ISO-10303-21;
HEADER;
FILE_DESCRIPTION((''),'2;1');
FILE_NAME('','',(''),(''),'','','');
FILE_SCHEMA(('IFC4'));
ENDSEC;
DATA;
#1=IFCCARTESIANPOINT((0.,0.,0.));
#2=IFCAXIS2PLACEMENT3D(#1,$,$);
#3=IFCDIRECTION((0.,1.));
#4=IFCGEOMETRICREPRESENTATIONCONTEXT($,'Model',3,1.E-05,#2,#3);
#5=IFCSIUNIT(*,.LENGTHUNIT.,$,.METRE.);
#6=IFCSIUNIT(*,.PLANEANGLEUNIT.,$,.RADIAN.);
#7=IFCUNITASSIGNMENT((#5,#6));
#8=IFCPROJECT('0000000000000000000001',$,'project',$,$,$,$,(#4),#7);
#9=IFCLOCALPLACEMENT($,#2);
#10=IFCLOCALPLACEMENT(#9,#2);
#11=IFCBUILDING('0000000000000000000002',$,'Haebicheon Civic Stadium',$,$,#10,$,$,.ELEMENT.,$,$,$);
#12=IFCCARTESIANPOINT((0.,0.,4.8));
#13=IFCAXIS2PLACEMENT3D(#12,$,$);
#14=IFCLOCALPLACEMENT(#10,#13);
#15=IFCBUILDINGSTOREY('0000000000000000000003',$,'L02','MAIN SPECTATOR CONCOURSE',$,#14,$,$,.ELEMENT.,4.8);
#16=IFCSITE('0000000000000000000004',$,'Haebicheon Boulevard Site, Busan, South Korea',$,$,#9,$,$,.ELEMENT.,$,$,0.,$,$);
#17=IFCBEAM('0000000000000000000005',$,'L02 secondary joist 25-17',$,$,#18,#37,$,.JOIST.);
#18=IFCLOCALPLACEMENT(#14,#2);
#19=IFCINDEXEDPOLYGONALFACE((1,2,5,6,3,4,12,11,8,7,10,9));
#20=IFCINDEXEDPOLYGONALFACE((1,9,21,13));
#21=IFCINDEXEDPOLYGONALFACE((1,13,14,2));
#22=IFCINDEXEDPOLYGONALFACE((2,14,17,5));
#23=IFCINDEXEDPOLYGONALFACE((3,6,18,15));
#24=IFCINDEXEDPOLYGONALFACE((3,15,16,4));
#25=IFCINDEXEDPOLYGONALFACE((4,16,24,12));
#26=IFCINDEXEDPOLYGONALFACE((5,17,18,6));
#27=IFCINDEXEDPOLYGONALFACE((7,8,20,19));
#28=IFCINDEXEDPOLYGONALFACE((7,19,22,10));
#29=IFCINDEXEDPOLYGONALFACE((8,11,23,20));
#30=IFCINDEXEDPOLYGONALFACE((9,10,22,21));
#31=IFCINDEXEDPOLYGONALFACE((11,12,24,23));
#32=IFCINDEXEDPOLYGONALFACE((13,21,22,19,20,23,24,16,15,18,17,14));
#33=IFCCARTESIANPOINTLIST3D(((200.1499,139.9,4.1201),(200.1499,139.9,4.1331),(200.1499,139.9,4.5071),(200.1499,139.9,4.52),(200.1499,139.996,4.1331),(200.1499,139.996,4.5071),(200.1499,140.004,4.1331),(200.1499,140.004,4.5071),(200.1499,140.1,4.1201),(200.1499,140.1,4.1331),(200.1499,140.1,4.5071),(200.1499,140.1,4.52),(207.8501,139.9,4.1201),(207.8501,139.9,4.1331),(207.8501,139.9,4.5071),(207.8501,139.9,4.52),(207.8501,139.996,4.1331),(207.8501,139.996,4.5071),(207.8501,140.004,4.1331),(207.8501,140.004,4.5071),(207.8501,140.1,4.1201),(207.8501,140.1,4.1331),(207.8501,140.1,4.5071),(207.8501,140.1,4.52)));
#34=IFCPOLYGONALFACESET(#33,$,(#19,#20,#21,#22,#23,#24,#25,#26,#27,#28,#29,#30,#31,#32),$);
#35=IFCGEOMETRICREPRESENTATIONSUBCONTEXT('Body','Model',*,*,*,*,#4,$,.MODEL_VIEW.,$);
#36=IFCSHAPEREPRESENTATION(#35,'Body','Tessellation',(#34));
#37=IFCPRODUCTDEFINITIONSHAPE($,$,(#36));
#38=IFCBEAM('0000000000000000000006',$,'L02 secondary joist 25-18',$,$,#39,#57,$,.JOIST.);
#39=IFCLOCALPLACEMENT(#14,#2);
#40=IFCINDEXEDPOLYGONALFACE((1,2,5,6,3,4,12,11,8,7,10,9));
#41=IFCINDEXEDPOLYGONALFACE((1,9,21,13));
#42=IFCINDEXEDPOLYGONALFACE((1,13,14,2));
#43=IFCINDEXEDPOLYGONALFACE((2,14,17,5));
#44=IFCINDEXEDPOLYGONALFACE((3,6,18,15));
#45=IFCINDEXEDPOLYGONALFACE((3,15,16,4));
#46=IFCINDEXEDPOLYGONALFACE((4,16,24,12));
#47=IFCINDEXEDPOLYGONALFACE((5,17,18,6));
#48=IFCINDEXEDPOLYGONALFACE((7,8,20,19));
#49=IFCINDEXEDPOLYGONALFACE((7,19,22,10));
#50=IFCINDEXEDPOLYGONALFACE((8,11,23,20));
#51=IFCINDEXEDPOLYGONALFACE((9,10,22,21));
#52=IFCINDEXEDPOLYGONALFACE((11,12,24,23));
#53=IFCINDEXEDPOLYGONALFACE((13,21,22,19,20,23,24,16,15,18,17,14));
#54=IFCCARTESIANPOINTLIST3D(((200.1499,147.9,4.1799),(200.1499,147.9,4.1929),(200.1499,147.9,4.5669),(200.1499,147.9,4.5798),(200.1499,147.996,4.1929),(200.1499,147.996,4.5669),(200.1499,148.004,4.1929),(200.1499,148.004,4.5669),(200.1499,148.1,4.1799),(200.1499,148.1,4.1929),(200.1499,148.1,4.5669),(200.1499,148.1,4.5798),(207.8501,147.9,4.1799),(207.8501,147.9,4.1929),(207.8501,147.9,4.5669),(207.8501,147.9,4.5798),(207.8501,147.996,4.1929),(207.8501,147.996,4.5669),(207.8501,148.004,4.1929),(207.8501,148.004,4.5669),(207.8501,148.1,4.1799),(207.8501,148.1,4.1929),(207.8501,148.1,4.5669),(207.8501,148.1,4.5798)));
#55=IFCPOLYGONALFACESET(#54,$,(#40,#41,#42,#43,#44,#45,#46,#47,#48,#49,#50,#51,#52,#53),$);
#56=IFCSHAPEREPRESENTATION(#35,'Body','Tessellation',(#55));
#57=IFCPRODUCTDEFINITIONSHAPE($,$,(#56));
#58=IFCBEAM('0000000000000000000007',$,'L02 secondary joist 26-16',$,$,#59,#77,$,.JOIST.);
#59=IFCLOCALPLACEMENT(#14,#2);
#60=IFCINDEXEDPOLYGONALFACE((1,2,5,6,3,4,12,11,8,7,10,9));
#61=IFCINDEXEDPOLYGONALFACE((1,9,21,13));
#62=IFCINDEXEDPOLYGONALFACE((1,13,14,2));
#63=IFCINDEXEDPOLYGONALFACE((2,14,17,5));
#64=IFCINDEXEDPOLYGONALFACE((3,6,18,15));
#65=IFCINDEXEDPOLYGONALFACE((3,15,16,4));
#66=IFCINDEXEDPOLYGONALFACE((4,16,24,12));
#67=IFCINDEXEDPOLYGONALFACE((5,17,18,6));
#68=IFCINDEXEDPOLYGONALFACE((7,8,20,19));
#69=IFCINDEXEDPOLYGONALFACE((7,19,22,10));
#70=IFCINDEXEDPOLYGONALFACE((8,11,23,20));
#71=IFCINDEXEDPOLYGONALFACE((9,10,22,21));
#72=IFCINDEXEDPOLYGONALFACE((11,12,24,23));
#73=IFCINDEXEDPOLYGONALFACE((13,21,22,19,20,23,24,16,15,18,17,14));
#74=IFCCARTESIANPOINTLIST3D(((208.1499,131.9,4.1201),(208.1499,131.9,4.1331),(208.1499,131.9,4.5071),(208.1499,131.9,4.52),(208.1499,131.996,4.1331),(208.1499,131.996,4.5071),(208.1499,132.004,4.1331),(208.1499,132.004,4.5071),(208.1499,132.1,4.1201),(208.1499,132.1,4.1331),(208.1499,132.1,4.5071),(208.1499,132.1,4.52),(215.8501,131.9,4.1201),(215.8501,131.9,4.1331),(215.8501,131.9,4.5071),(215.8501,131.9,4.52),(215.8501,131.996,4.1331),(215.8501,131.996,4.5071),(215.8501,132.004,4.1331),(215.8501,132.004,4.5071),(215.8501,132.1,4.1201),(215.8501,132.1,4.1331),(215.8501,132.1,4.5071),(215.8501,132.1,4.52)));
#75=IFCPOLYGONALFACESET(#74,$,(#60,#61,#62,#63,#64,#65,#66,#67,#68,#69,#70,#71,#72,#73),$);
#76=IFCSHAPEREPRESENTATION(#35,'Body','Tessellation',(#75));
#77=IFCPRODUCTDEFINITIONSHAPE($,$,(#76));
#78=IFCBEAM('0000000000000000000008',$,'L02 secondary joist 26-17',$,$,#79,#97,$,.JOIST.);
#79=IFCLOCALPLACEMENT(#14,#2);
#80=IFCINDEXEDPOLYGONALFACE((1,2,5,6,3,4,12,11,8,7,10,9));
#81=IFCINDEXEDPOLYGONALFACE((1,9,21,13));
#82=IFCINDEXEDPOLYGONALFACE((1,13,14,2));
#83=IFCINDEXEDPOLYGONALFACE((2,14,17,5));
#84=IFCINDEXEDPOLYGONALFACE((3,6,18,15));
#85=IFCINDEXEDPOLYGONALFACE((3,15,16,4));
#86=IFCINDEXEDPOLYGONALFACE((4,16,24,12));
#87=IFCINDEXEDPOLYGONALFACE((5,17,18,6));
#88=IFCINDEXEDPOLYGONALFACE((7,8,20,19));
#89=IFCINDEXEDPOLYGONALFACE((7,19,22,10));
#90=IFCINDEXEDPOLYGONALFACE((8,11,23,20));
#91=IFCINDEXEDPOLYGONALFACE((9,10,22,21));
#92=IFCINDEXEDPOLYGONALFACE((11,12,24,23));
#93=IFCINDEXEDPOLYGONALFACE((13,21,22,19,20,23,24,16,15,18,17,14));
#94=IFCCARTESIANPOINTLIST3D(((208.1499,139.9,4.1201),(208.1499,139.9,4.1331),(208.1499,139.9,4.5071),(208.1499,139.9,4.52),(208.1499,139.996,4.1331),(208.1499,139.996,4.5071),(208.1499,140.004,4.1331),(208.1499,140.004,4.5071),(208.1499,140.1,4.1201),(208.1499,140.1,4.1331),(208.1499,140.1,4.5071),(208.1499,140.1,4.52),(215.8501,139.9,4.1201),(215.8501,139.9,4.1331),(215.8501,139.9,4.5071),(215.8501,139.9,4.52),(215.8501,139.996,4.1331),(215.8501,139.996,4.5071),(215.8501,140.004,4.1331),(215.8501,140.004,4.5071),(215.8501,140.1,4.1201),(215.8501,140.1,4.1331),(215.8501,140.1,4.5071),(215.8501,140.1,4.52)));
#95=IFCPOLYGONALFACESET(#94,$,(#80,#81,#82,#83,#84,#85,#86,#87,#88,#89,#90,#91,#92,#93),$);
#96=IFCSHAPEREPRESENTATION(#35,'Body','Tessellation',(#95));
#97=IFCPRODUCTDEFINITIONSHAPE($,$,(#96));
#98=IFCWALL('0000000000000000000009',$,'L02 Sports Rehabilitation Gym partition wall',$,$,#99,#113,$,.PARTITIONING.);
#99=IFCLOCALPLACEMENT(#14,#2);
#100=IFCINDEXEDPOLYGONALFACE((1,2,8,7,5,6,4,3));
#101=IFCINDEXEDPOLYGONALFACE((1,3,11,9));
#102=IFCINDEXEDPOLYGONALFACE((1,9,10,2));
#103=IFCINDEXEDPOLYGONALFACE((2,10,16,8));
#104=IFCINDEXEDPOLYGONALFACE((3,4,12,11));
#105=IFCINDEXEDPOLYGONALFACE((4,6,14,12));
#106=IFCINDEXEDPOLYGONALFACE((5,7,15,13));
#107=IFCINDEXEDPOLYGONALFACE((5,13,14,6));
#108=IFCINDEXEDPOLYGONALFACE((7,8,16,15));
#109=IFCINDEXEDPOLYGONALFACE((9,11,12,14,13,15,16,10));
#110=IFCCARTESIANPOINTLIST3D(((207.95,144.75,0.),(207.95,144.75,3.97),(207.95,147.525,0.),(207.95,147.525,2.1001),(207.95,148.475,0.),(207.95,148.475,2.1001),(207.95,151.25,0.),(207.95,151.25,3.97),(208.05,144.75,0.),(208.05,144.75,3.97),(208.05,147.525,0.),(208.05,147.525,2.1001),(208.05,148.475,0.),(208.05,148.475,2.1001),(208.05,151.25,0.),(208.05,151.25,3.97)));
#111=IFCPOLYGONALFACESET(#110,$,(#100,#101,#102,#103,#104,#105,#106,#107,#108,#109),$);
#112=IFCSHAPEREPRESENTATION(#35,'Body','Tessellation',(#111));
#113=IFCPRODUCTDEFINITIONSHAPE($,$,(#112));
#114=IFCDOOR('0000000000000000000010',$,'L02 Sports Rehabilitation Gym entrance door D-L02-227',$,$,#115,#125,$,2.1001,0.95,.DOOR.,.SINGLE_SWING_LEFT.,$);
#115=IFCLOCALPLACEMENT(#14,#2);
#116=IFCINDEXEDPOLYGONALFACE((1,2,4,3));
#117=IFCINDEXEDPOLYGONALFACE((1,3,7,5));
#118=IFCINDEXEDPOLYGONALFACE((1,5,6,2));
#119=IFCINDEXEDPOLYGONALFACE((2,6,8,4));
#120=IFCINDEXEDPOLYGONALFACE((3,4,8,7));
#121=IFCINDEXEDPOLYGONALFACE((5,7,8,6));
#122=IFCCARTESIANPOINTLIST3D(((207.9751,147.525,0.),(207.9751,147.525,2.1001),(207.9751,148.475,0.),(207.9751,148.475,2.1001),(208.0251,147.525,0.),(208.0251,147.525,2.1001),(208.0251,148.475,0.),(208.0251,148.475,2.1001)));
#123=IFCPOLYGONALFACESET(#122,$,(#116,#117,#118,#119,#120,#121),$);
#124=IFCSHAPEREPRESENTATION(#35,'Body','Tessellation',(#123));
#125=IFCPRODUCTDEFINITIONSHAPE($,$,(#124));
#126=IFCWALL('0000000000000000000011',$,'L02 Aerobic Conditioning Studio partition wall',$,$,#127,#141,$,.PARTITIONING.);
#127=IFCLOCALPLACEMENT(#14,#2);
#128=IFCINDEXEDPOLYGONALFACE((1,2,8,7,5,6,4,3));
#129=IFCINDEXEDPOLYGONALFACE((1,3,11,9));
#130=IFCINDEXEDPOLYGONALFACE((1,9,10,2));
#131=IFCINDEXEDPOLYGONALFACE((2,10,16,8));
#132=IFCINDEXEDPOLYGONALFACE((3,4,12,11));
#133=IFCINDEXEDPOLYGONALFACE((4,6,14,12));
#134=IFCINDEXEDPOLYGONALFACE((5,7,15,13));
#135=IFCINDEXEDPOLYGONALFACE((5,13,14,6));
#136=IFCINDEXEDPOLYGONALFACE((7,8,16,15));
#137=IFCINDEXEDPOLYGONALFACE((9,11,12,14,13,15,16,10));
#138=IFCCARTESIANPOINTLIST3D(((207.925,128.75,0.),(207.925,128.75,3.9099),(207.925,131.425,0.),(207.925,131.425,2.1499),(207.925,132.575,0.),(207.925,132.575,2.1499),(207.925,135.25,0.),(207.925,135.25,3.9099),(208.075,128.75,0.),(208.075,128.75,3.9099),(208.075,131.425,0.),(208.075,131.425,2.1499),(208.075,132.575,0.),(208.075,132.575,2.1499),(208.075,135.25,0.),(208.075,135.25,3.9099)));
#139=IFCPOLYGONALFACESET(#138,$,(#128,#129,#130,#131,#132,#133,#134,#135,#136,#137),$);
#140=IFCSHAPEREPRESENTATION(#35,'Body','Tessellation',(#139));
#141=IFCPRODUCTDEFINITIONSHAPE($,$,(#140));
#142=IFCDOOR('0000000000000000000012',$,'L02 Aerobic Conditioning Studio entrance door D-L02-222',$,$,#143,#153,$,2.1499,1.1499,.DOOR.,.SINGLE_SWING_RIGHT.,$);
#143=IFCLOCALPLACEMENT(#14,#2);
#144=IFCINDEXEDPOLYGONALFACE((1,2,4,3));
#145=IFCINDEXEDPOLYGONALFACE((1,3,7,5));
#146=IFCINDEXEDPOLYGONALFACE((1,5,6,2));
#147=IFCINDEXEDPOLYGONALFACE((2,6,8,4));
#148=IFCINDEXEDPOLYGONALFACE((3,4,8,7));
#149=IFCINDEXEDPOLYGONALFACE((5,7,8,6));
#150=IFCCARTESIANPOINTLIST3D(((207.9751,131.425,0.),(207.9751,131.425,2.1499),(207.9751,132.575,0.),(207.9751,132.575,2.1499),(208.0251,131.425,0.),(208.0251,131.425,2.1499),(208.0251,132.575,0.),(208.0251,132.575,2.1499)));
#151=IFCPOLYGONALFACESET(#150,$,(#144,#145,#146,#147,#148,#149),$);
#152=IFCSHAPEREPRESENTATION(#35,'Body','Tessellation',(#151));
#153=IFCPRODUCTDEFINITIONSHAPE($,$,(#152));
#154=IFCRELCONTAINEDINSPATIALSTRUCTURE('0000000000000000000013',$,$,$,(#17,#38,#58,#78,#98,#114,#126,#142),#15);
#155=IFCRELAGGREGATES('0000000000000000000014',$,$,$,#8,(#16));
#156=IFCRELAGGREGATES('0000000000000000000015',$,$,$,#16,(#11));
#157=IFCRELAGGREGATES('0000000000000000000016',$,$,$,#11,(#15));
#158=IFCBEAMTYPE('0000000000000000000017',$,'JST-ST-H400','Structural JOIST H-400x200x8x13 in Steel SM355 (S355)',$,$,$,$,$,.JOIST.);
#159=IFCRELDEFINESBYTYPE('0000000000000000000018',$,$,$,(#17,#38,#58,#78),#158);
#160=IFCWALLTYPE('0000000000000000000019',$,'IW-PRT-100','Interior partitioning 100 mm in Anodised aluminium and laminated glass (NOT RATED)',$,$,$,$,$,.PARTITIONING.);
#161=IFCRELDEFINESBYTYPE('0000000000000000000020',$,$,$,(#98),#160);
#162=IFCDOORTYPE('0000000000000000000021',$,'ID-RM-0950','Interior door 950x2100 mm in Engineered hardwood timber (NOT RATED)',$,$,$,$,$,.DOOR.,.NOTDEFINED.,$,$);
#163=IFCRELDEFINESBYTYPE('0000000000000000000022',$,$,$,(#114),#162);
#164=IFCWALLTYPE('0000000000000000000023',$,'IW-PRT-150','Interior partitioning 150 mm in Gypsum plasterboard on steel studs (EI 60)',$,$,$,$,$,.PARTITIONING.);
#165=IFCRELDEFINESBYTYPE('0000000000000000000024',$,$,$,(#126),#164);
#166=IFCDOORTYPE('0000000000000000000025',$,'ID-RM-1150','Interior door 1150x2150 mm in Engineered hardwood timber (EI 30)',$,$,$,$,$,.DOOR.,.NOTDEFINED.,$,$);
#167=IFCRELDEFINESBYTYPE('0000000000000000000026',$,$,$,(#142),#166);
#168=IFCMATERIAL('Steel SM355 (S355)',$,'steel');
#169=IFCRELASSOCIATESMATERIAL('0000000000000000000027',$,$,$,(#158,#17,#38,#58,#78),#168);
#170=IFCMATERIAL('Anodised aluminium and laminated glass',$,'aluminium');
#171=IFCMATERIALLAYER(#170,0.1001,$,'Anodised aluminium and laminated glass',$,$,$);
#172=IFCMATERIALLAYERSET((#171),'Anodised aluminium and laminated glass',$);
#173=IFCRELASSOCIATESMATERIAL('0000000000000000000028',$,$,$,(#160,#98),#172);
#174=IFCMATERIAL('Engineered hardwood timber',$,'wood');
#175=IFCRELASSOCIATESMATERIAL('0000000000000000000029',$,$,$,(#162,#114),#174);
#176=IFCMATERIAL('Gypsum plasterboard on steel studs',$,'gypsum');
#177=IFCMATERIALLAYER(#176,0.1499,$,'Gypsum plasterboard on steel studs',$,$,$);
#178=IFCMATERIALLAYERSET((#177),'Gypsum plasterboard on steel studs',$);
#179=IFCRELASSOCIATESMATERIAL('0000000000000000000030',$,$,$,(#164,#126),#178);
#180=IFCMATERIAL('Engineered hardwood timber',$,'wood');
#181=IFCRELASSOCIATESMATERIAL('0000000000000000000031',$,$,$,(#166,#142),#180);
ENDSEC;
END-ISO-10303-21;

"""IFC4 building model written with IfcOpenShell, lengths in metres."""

from ifc_helpers import new_model, si_unit, direction, frame, frame_2d, origin, origin_2d, place, context, subcontext, project, spatial, rectangle, i_section, extrude, material, layer, layer_set, material_profile, profile_set, type_object, element, fill, save


model = new_model("IFC4")

# Units and contexts
model_context = context("Model", 3, precision=1e-05, world=origin(), true_north=direction((0.0, 1.0)))
body_context = subcontext(model_context, "Body", "Model", "MODEL_VIEW")
ifc_project = project(units=[si_unit("LENGTHUNIT", "METRE"), si_unit("PLANEANGLEUNIT", "RADIAN")], contexts=[model_context])

# Site, building, storey
site_placement = place(None, origin())
site = spatial("IfcSite", under=ifc_project, at=site_placement, Name="Haebicheon Boulevard Site, Busan, South Korea", CompositionType="ELEMENT", RefElevation=0.0)
building_placement = place(site_placement, origin())
building = spatial("IfcBuilding", under=site, at=building_placement, Name="Haebicheon Civic Stadium", CompositionType="ELEMENT")
storey_placement = place(building_placement, frame((0.0, 0.0, 4.8)))
storey = spatial("IfcBuildingStorey", under=building, at=storey_placement, Name="L02", Description="MAIN SPECTATOR CONCOURSE", CompositionType="ELEMENT", Elevation=4.8)

# Beams
ifc_material_1 = material(Name="Steel SM355 (S355)", Category="steel")
ifc_material_profile_1 = material_profile(ifc_material_1, i_section(OverallWidth=0.2, OverallDepth=0.3999, WebThickness=0.0081, FlangeThickness=0.0129, at=origin_2d()), Name="H-400x200x8x13")
ifc_profile_set_1 = profile_set([ifc_material_profile_1], Name="Steel SM355 (S355)")
beam_type_1 = type_object("IfcBeamType", Name="JST-ST-H400", Description="Structural JOIST H-400x200x8x13 in Steel SM355 (S355)", PredefinedType="JOIST", material=ifc_profile_set_1)
for number, where, z_axis, x_axis, name in (
    (1, (200.1499, 140.0, 4.3201), (1.0, 0.0, 0.0), (0.0, 1.0, 0.0), "L02 secondary joist 25-17"),
    (2, (200.1499, 148.0, 4.3799), (1.0, 0.0, 0.0), (0.0, 1.0, 0.0), "L02 secondary joist 25-18"),
    (3, (208.1499, 132.0, 4.3201), (1.0, 0.0, 0.0), (0.0, 1.0, 0.0), "L02 secondary joist 26-16"),
    (4, (208.1499, 140.0, 4.3201), (1.0, 0.0, 0.0), (0.0, 1.0, 0.0), "L02 secondary joist 26-17"),
):
    element("IfcBeam", number, at=place(storey_placement, frame(where, z_axis=z_axis, x_axis=x_axis)), inside=storey, type_object=beam_type_1, material=ifc_profile_set_1, Name=name, PredefinedType="JOIST", context=body_context, shape_type="SweptSolid", body=[
        extrude(i_section(OverallWidth=0.2, OverallDepth=0.3999, WebThickness=0.0081, FlangeThickness=0.0129, at=origin_2d()), origin(), (0.0, 0.0, 1.0), 7.7002),
    ])

# Walls, openings, doors
ifc_material_2 = material(Name="Anodised aluminium and laminated glass", Category="aluminium")
ifc_layer_1 = layer(ifc_material_2, 0.1001, Name="Anodised aluminium and laminated glass")
ifc_layer_set_1 = layer_set([ifc_layer_1], Name="Anodised aluminium and laminated glass")
wall_type_1 = type_object("IfcWallType", Name="IW-PRT-100", Description="Interior partitioning 100 mm in Anodised aluminium and laminated glass (NOT RATED)", PredefinedType="PARTITIONING", material=ifc_layer_set_1)
wall_1_placement = place(storey_placement, frame((208.0, 144.75, 0.0), z_axis=(0.0, 0.0, 1.0), x_axis=(0.0, 1.0, 0.0)))
wall_1 = element("IfcWall", 5, at=wall_1_placement, inside=storey, type_object=wall_type_1, material=ifc_layer_set_1, Name="L02 Sports Rehabilitation Gym partition wall", PredefinedType="PARTITIONING", context=body_context, shape_type="SweptSolid", body=[
    extrude(rectangle(XDim=6.5, YDim=0.1001, at=frame_2d((3.25, 0.0))), origin(), (0.0, 0.0, 1.0), 3.97),
])
opening_1_placement = place(wall_1_placement, frame((2.7749, 0.0, 0.0)))
opening_1 = element("IfcOpeningElement", 6, at=opening_1_placement, cuts=wall_1, PredefinedType="OPENING", context=body_context, shape_type="SweptSolid", body=[
    extrude(rectangle(XDim=0.95, YDim=2.1001, at=frame_2d((0.4751, 1.05))), frame((0.0, 0.0601, 0.0), z_axis=(0.0, -1.0, 0.0), x_axis=(1.0, 0.0, 0.0)), (0.0, 0.0, 1.0), 0.1201),
])
ifc_material_3 = material(Name="Engineered hardwood timber", Category="wood")
door_type_1 = type_object("IfcDoorType", Name="ID-RM-0950", Description="Interior door 950x2100 mm in Engineered hardwood timber (NOT RATED)", OperationType="NOTDEFINED", PredefinedType="DOOR", material=ifc_material_3)
door_1_placement = place(opening_1_placement, origin())
door_1 = element("IfcDoor", 7, at=door_1_placement, inside=storey, type_object=door_type_1, material=ifc_material_3, Name="L02 Sports Rehabilitation Gym entrance door D-L02-227", OperationType="SINGLE_SWING_LEFT", OverallHeight=2.1001, OverallWidth=0.95, PredefinedType="DOOR", context=body_context, shape_type="SweptSolid", body=[
    extrude(rectangle(XDim=0.95, YDim=2.1001, at=frame_2d((0.4751, 1.05))), frame((0.0, 0.0249, 0.0), z_axis=(0.0, -1.0, 0.0), x_axis=(1.0, 0.0, 0.0)), (0.0, 0.0, 1.0), 0.05),
])
fill(opening_1, door_1)
ifc_material_4 = material(Name="Gypsum plasterboard on steel studs", Category="gypsum")
ifc_layer_2 = layer(ifc_material_4, 0.1499, Name="Gypsum plasterboard on steel studs")
ifc_layer_set_2 = layer_set([ifc_layer_2], Name="Gypsum plasterboard on steel studs")
wall_type_2 = type_object("IfcWallType", Name="IW-PRT-150", Description="Interior partitioning 150 mm in Gypsum plasterboard on steel studs (EI 60)", PredefinedType="PARTITIONING", material=ifc_layer_set_2)
wall_2_placement = place(storey_placement, frame((208.0, 128.75, 0.0), z_axis=(0.0, 0.0, 1.0), x_axis=(0.0, 1.0, 0.0)))
wall_2 = element("IfcWall", 8, at=wall_2_placement, inside=storey, type_object=wall_type_2, material=ifc_layer_set_2, Name="L02 Aerobic Conditioning Studio partition wall", PredefinedType="PARTITIONING", context=body_context, shape_type="SweptSolid", body=[
    extrude(rectangle(XDim=6.5, YDim=0.1499, at=frame_2d((3.25, 0.0))), origin(), (0.0, 0.0, 1.0), 3.9099),
])
opening_2_placement = place(wall_2_placement, frame((2.675, 0.0, 0.0)))
opening_2 = element("IfcOpeningElement", 9, at=opening_2_placement, cuts=wall_2, PredefinedType="OPENING", context=body_context, shape_type="SweptSolid", body=[
    extrude(rectangle(XDim=1.1499, YDim=2.1499, at=frame_2d((0.575, 1.075))), frame((0.0, 0.085, 0.0), z_axis=(0.0, -1.0, 0.0), x_axis=(1.0, 0.0, 0.0)), (0.0, 0.0, 1.0), 0.1699),
])
ifc_material_5 = material(Name="Engineered hardwood timber", Category="wood")
door_type_2 = type_object("IfcDoorType", Name="ID-RM-1150", Description="Interior door 1150x2150 mm in Engineered hardwood timber (EI 30)", OperationType="NOTDEFINED", PredefinedType="DOOR", material=ifc_material_5)
door_2_placement = place(opening_2_placement, origin())
door_2 = element("IfcDoor", 10, at=door_2_placement, inside=storey, type_object=door_type_2, material=ifc_material_5, Name="L02 Aerobic Conditioning Studio entrance door D-L02-222", OperationType="SINGLE_SWING_RIGHT", OverallHeight=2.1499, OverallWidth=1.1499, PredefinedType="DOOR", context=body_context, shape_type="SweptSolid", body=[
    extrude(rectangle(XDim=1.1499, YDim=2.1499, at=frame_2d((0.575, 1.075))), frame((0.0, 0.0249, 0.0), z_axis=(0.0, -1.0, 0.0), x_axis=(1.0, 0.0, 0.0)), (0.0, 0.0, 1.0), 0.05),
])
fill(opening_2, door_2)

save(model, "model.ifc")
